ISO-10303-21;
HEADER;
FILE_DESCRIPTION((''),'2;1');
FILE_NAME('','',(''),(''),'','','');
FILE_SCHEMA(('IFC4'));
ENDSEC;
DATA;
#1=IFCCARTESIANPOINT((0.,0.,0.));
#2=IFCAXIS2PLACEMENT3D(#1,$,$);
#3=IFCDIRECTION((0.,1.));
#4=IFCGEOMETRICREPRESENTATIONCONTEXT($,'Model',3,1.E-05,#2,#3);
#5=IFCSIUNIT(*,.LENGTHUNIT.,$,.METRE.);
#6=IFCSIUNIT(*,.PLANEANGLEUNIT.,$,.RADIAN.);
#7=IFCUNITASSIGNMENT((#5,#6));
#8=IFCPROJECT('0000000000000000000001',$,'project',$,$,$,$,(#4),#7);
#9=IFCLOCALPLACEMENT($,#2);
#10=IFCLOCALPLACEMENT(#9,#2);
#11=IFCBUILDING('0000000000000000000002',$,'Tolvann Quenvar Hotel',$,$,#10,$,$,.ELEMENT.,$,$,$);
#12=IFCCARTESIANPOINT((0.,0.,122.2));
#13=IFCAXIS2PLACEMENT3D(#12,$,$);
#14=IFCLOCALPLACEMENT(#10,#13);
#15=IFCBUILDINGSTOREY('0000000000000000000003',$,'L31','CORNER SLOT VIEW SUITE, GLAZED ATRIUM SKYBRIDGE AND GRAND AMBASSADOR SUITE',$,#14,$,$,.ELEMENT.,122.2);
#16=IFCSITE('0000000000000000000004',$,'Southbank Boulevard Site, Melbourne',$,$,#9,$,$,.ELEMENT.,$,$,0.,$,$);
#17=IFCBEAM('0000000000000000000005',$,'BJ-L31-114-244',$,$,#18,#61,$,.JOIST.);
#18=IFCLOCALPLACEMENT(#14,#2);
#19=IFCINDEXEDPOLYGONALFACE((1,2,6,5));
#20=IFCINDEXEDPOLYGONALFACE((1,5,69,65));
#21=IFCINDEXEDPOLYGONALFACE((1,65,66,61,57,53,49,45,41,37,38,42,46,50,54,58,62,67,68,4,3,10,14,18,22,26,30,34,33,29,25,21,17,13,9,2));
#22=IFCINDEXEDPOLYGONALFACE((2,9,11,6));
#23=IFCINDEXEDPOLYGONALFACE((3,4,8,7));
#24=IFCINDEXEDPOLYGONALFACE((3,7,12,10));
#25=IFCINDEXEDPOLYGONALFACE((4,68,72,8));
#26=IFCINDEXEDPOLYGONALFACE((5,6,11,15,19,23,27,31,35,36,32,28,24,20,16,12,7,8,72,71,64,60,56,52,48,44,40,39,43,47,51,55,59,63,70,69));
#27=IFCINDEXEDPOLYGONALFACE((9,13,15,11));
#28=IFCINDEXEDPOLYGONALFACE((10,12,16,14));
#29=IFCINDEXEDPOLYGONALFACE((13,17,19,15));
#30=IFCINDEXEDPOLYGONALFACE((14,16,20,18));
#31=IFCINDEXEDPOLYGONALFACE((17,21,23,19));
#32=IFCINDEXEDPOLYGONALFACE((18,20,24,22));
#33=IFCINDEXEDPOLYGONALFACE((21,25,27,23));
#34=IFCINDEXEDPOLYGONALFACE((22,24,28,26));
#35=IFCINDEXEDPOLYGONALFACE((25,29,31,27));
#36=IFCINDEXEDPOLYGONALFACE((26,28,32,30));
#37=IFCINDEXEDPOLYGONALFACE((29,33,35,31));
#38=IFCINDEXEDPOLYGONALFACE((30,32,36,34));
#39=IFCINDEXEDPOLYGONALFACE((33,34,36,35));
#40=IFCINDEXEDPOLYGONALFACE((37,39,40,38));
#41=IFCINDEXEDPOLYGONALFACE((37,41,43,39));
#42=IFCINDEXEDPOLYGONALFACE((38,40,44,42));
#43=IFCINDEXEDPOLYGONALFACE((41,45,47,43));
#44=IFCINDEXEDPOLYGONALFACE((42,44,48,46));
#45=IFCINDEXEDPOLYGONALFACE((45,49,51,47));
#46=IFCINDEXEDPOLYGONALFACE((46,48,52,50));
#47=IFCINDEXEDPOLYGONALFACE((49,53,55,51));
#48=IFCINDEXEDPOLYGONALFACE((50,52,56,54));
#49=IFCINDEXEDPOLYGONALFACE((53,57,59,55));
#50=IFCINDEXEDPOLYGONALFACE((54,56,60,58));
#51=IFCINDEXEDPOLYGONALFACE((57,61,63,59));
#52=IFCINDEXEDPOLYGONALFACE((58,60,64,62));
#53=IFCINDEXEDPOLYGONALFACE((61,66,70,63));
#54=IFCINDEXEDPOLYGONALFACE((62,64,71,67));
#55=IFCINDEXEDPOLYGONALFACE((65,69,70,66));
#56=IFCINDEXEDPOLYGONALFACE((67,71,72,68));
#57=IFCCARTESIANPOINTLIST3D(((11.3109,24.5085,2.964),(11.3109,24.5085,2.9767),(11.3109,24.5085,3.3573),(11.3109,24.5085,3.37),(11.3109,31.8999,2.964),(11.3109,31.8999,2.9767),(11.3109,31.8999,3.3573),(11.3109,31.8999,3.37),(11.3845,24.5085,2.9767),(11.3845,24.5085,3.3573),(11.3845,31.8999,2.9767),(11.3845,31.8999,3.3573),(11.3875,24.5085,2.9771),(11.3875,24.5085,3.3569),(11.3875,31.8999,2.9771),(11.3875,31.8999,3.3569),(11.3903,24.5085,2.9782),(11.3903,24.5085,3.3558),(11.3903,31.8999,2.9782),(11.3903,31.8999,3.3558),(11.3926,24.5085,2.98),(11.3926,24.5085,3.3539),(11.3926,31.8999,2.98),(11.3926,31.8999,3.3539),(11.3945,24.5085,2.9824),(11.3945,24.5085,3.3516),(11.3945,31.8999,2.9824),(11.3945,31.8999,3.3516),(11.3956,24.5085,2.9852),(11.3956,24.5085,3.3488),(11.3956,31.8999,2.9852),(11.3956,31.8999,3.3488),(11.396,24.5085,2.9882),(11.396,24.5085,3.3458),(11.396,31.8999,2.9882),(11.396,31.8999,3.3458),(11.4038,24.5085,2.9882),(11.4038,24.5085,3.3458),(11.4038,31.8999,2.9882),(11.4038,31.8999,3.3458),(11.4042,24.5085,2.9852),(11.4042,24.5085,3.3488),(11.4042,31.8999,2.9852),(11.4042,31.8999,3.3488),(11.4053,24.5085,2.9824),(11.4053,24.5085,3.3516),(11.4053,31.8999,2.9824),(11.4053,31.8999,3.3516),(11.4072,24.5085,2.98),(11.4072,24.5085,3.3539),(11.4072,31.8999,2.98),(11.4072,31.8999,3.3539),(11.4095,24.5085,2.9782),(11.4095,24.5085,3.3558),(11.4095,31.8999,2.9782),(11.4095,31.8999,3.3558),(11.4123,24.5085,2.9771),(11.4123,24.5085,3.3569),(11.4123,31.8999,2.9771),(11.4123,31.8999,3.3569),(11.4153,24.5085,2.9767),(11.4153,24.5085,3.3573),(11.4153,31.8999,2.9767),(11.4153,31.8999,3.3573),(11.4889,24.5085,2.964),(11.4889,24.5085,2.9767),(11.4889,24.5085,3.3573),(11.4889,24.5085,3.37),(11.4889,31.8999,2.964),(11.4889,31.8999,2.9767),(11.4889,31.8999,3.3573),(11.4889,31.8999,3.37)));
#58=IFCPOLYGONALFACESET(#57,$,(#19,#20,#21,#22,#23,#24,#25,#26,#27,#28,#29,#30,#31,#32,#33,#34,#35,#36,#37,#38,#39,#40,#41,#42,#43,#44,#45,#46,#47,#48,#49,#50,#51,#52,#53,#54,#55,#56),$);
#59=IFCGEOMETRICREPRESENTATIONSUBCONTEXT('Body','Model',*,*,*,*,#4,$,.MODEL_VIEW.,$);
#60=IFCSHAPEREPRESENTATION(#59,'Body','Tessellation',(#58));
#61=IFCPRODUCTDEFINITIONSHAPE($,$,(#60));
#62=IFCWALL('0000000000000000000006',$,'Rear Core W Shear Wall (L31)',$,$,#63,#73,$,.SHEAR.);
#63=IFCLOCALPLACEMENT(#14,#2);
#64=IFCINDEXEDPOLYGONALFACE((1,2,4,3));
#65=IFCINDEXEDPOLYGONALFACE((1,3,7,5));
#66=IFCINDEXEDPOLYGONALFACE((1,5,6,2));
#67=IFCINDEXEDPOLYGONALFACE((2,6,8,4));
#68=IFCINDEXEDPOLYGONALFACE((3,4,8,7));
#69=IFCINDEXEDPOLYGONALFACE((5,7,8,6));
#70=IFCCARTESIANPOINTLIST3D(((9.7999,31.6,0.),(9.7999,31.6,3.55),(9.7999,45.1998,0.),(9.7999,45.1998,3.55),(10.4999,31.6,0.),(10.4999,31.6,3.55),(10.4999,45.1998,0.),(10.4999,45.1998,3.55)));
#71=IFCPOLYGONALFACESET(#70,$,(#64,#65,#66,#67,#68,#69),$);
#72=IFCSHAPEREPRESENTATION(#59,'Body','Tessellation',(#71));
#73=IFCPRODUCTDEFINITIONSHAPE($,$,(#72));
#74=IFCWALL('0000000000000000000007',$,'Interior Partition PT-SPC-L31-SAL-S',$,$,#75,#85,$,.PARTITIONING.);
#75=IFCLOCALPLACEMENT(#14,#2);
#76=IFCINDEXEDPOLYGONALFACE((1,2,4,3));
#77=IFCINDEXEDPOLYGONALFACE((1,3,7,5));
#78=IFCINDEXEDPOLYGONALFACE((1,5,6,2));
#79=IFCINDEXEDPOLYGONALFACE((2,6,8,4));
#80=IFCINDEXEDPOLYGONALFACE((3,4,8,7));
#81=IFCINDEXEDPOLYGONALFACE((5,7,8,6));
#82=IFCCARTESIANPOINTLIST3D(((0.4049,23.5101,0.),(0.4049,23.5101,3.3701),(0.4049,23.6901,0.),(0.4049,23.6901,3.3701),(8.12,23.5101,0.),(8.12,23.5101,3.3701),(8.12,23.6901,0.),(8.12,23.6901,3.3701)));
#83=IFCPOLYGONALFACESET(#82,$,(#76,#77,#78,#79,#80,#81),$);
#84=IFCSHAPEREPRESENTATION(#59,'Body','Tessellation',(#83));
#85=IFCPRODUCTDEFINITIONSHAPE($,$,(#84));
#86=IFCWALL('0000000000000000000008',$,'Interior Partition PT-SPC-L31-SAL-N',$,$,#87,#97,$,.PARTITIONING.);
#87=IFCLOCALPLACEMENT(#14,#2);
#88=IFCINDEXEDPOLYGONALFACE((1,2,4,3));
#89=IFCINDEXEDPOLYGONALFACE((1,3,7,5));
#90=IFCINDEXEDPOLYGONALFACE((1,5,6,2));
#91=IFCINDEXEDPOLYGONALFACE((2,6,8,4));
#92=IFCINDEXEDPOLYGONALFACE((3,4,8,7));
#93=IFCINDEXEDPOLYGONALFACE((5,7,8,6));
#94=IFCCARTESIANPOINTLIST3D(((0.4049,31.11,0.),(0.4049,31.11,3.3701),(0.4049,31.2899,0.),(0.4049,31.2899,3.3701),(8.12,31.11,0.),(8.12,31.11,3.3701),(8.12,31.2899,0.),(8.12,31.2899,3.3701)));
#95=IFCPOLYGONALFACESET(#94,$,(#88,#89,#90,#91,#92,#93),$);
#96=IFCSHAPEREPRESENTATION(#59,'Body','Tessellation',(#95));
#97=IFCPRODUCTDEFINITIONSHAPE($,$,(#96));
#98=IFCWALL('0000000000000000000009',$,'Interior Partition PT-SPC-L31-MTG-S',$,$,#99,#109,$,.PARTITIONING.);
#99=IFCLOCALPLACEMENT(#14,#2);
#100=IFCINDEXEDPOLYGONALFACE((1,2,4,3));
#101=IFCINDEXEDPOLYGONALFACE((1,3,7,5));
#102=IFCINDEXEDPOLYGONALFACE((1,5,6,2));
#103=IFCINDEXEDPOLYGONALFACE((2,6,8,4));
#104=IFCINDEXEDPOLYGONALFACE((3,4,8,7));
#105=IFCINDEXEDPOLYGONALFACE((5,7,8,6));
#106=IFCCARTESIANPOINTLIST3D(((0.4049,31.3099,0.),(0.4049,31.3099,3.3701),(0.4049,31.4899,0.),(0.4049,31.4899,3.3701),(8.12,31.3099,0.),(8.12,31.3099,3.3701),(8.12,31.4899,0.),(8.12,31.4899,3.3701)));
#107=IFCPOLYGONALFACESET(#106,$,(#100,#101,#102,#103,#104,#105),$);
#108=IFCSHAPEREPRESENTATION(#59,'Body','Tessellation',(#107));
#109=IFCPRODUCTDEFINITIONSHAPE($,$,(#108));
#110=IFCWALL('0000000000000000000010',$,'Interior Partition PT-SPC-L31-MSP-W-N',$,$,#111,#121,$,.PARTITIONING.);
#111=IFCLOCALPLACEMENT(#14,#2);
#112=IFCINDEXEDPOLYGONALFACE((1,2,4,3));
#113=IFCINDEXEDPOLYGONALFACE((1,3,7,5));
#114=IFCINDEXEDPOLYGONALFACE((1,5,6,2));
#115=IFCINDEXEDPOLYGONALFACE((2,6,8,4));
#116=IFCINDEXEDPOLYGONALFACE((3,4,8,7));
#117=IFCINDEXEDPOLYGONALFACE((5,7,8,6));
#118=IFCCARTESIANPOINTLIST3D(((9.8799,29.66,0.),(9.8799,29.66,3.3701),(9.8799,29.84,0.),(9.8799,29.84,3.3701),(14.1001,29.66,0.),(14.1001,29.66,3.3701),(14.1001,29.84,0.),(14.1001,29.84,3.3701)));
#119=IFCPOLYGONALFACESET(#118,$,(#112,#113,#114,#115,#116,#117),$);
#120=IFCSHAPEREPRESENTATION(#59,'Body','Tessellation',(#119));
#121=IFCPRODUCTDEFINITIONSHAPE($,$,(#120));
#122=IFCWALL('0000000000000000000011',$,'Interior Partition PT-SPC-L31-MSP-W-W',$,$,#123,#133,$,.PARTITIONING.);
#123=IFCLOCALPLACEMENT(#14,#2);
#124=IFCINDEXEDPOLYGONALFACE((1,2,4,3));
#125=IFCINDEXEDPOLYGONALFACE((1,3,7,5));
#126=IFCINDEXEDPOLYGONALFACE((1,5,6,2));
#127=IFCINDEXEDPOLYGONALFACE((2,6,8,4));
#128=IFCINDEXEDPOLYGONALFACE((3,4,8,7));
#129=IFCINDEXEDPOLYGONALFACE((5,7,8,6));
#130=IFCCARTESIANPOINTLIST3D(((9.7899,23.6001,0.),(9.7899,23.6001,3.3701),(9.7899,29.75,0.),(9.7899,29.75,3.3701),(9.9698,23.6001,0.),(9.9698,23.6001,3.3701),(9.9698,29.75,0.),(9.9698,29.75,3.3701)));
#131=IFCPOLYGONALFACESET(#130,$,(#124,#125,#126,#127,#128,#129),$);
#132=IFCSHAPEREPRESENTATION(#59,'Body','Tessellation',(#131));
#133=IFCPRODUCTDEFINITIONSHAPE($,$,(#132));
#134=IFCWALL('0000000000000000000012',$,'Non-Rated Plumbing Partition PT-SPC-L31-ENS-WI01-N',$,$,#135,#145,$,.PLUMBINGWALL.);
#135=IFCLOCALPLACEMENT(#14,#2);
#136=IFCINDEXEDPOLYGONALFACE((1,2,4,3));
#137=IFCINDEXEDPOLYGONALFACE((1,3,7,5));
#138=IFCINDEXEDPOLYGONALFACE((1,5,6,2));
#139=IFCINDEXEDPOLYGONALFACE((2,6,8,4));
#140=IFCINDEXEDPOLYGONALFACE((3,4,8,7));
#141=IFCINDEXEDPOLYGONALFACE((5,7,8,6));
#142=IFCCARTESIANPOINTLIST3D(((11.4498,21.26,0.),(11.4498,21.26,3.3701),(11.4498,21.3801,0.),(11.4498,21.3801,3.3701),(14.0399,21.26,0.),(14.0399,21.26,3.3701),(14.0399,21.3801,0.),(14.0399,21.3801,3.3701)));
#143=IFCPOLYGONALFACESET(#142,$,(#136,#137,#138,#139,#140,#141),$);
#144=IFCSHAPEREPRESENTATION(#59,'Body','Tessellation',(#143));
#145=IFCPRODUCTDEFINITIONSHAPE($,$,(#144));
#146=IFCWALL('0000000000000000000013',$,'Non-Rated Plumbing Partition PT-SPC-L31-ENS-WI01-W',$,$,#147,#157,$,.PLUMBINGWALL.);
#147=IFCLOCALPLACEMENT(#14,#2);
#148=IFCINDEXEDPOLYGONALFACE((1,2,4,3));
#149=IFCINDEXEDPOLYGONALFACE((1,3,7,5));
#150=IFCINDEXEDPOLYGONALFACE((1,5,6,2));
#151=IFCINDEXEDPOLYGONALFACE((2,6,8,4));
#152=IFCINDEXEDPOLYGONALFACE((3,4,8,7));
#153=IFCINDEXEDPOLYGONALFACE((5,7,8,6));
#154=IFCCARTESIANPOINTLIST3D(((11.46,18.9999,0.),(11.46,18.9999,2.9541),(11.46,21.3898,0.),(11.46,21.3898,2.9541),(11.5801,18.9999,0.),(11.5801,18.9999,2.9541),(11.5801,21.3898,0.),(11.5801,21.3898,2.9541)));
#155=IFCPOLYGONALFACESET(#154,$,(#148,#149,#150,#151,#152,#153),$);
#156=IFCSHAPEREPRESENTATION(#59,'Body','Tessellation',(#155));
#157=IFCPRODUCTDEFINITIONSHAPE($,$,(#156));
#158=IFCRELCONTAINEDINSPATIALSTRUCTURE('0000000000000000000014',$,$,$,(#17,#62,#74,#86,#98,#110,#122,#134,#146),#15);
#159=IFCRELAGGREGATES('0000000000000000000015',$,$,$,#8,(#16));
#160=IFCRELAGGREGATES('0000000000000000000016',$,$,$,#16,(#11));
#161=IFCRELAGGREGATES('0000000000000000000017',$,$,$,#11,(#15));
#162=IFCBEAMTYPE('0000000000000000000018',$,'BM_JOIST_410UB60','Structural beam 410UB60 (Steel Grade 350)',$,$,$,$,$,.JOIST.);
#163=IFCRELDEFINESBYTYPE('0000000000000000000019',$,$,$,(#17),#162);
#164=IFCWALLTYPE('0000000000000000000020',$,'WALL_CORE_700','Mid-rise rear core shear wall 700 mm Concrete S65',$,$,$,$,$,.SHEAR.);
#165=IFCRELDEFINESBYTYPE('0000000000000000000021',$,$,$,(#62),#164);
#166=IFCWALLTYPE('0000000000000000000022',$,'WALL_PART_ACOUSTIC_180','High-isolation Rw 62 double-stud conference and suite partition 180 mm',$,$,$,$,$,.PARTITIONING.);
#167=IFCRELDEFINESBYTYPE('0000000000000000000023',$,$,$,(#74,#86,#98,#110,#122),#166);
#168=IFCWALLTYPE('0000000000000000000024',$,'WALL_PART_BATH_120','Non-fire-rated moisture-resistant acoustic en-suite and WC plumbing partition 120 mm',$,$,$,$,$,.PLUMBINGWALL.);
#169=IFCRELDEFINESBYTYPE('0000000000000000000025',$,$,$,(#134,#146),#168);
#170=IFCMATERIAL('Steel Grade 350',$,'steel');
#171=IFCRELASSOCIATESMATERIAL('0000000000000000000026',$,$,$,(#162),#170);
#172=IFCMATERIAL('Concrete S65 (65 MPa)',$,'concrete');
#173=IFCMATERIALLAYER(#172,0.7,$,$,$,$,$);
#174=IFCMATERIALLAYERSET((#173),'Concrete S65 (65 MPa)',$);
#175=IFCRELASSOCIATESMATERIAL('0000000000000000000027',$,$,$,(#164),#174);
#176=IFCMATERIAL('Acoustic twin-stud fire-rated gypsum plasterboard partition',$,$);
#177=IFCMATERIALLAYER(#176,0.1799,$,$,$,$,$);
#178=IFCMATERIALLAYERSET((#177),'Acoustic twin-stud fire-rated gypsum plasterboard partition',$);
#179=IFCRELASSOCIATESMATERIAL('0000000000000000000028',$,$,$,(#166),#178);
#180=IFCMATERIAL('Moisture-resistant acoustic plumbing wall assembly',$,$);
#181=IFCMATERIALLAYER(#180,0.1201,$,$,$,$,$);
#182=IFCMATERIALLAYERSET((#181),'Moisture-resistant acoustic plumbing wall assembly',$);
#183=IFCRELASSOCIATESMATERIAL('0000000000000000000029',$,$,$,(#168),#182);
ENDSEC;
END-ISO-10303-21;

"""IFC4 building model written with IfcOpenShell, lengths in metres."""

from ifc_helpers import new_model, si_unit, direction, frame, frame_2d, origin, origin_2d, place, context, subcontext, project, spatial, rectangle, i_section, extrude, source, transform, mapped, material, layer, layer_set, material_profile, profile_set, type_object, element, save


model = new_model("IFC4")

# Units and contexts
model_context = context("Model", 3, precision=1e-05, world=origin(), true_north=direction((0.0, 1.0)))
body_context = subcontext(model_context, "Body", "Model", "MODEL_VIEW")
ifc_project = project(units=[si_unit("LENGTHUNIT", "METRE"), si_unit("PLANEANGLEUNIT", "RADIAN")], contexts=[model_context])

# Site, building, storey
site_placement = place(None, origin())
site = spatial("IfcSite", under=ifc_project, at=site_placement, Name="Southbank Boulevard Site, Melbourne", CompositionType="ELEMENT", RefElevation=0.0)
building_placement = place(site_placement, origin())
building = spatial("IfcBuilding", under=site, at=building_placement, Name="Tolvann Quenvar Hotel", CompositionType="ELEMENT")
storey_placement = place(building_placement, frame((0.0, 0.0, 122.2)))
storey = spatial("IfcBuildingStorey", under=building, at=storey_placement, Name="L31", Description="CORNER SLOT VIEW SUITE, GLAZED ATRIUM SKYBRIDGE AND GRAND AMBASSADOR SUITE", CompositionType="ELEMENT", Elevation=122.2)

# Shared definitions
ifc_material_1 = material(Name="Concrete S65 (65 MPa)", Category="concrete")
ifc_material_2 = material(Name="Steel Grade 350", Category="steel")

# Beam
ifc_material_profile_1 = material_profile(ifc_material_2, i_section(OverallWidth=0.178, OverallDepth=0.406, WebThickness=0.0078, FlangeThickness=0.0127, FilletRadius=0.0115, at=origin_2d()), Name="410UB60")
ifc_profile_set_1 = profile_set([ifc_material_profile_1], Name="Steel Grade 350")
beam_type_1 = type_object("IfcBeamType", Name="BM_JOIST_410UB60", Description="Structural beam 410UB60 (Steel Grade 350)", PredefinedType="JOIST", material=ifc_profile_set_1)
shared_shape_1 = source(origin(), body_context, "Body", "SweptSolid", [
    extrude(i_section(OverallWidth=0.178, OverallDepth=0.406, WebThickness=0.0078, FlangeThickness=0.0127, FilletRadius=0.0115, at=origin_2d()), origin(), (0.0, 0.0, 1.0), 7.3914),
])
beam_1_placement = place(storey_placement, frame((11.3999, 24.5085, 3.167), z_axis=(0.0, 1.0, 0.0), x_axis=(-1.0, 0.0, 0.0)))
element("IfcBeam", 1, at=beam_1_placement, inside=storey, type_object=beam_type_1, Name="BJ-L31-114-244", PredefinedType="JOIST", context=body_context, shape_type="MappedRepresentation", body=[
    mapped(shared_shape_1, transform((0.0, 0.0, 0.0), x_axis=(1.0, 0.0, 0.0), y_axis=(0.0, 1.0, 0.0), z_axis=(0.0, 0.0, 1.0), scale=1.0)),
])

# Walls
ifc_layer_1 = layer(ifc_material_1, 0.7)
ifc_layer_set_1 = layer_set([ifc_layer_1], Name="Concrete S65 (65 MPa)")
wall_type_1 = type_object("IfcWallType", Name="WALL_CORE_700", Description="Mid-rise rear core shear wall 700 mm Concrete S65", PredefinedType="SHEAR", material=ifc_layer_set_1)
wall_1_placement = place(storey_placement, frame((10.1499, 31.6001, 0.0), z_axis=(0.0, 0.0, 1.0), x_axis=(0.0, 1.0, 0.0)))
element("IfcWall", 2, at=wall_1_placement, inside=storey, type_object=wall_type_1, Name="Rear Core W Shear Wall (L31)", PredefinedType="SHEAR", context=body_context, shape_type="SweptSolid", body=[
    extrude(rectangle(XDim=13.5999, YDim=0.7, at=frame_2d((6.7998, 0.0))), origin(), (0.0, 0.0, 1.0), 3.55),
])
ifc_material_3 = material(Name="Acoustic twin-stud fire-rated gypsum plasterboard partition")
ifc_layer_2 = layer(ifc_material_3, 0.1799)
ifc_layer_set_2 = layer_set([ifc_layer_2], Name="Acoustic twin-stud fire-rated gypsum plasterboard partition")
wall_type_2 = type_object("IfcWallType", Name="WALL_PART_ACOUSTIC_180", Description="High-isolation Rw 62 double-stud conference and suite partition 180 mm", PredefinedType="PARTITIONING", material=ifc_layer_set_2)
for number, where, z_axis, x_axis, name in (
    (3, (0.405, 23.6001, 0.0), (0.0, 0.0, 1.0), (1.0, 0.0, 0.0), "Interior Partition PT-SPC-L31-SAL-S"),
    (4, (0.405, 31.2, 0.0), (0.0, 0.0, 1.0), (1.0, 0.0, 0.0), "Interior Partition PT-SPC-L31-SAL-N"),
):
    element("IfcWall", number, at=place(storey_placement, frame(where, z_axis=z_axis, x_axis=x_axis)), inside=storey, type_object=wall_type_2, Name=name, PredefinedType="PARTITIONING", context=body_context, shape_type="SweptSolid", body=[
        extrude(rectangle(XDim=7.7151, YDim=0.1799, at=frame_2d((3.8574, 0.0))), origin(), (0.0, 0.0, 1.0), 3.3701),
    ])

# Wall
wall_2_placement = place(storey_placement, frame((0.405, 31.3999, 0.0), z_axis=(0.0, 0.0, 1.0), x_axis=(1.0, 0.0, 0.0)))
element("IfcWall", 5, at=wall_2_placement, inside=storey, type_object=wall_type_2, Name="Interior Partition PT-SPC-L31-MTG-S", PredefinedType="PARTITIONING", context=body_context, shape_type="SweptSolid", body=[
    extrude(rectangle(XDim=7.7151, YDim=0.1799, at=frame_2d((3.8574, 0.0))), origin(), (0.0, 0.0, 1.0), 3.3701),
])

# Walls
wall_3_placement = place(storey_placement, frame((9.8799, 29.75, 0.0), z_axis=(0.0, 0.0, 1.0), x_axis=(1.0, 0.0, 0.0)))
element("IfcWall", 6, at=wall_3_placement, inside=storey, type_object=wall_type_2, Name="Interior Partition PT-SPC-L31-MSP-W-N", PredefinedType="PARTITIONING", context=body_context, shape_type="SweptSolid", body=[
    extrude(rectangle(XDim=4.2202, YDim=0.1799, at=frame_2d((2.1101, 0.0))), origin(), (0.0, 0.0, 1.0), 3.3701),
])
wall_4_placement = place(storey_placement, frame((9.8799, 23.6001, 0.0), z_axis=(0.0, 0.0, 1.0), x_axis=(0.0, 1.0, 0.0)))
element("IfcWall", 7, at=wall_4_placement, inside=storey, type_object=wall_type_2, Name="Interior Partition PT-SPC-L31-MSP-W-W", PredefinedType="PARTITIONING", context=body_context, shape_type="SweptSolid", body=[
    extrude(rectangle(XDim=6.1499, YDim=0.1799, at=frame_2d((3.075, 0.0))), origin(), (0.0, 0.0, 1.0), 3.3701),
])
ifc_material_4 = material(Name="Moisture-resistant acoustic plumbing wall assembly")
ifc_layer_3 = layer(ifc_material_4, 0.1201)
ifc_layer_set_3 = layer_set([ifc_layer_3], Name="Moisture-resistant acoustic plumbing wall assembly")
wall_type_3 = type_object("IfcWallType", Name="WALL_PART_BATH_120", Description="Non-fire-rated moisture-resistant acoustic en-suite and WC plumbing partition 120 mm", PredefinedType="PLUMBINGWALL", material=ifc_layer_set_3)
wall_5_placement = place(storey_placement, frame((11.45, 21.3201, 0.0), z_axis=(0.0, 0.0, 1.0), x_axis=(1.0, 0.0, 0.0)))
element("IfcWall", 8, at=wall_5_placement, inside=storey, type_object=wall_type_3, Name="Non-Rated Plumbing Partition PT-SPC-L31-ENS-WI01-N", PredefinedType="PLUMBINGWALL", context=body_context, shape_type="SweptSolid", body=[
    extrude(rectangle(XDim=2.5901, YDim=0.1201, at=frame_2d((1.2949, 0.0))), origin(), (0.0, 0.0, 1.0), 3.3701),
])
wall_6_placement = place(storey_placement, frame((11.52, 19.0, 0.0), z_axis=(0.0, 0.0, 1.0), x_axis=(0.0, 1.0, 0.0)))
element("IfcWall", 9, at=wall_6_placement, inside=storey, type_object=wall_type_3, Name="Non-Rated Plumbing Partition PT-SPC-L31-ENS-WI01-W", PredefinedType="PLUMBINGWALL", context=body_context, shape_type="SweptSolid", body=[
    extrude(rectangle(XDim=2.3899, YDim=0.1201, at=frame_2d((1.1948, 0.0))), origin(), (0.0, 0.0, 1.0), 2.9541),
])

save(model, "model.ifc")
